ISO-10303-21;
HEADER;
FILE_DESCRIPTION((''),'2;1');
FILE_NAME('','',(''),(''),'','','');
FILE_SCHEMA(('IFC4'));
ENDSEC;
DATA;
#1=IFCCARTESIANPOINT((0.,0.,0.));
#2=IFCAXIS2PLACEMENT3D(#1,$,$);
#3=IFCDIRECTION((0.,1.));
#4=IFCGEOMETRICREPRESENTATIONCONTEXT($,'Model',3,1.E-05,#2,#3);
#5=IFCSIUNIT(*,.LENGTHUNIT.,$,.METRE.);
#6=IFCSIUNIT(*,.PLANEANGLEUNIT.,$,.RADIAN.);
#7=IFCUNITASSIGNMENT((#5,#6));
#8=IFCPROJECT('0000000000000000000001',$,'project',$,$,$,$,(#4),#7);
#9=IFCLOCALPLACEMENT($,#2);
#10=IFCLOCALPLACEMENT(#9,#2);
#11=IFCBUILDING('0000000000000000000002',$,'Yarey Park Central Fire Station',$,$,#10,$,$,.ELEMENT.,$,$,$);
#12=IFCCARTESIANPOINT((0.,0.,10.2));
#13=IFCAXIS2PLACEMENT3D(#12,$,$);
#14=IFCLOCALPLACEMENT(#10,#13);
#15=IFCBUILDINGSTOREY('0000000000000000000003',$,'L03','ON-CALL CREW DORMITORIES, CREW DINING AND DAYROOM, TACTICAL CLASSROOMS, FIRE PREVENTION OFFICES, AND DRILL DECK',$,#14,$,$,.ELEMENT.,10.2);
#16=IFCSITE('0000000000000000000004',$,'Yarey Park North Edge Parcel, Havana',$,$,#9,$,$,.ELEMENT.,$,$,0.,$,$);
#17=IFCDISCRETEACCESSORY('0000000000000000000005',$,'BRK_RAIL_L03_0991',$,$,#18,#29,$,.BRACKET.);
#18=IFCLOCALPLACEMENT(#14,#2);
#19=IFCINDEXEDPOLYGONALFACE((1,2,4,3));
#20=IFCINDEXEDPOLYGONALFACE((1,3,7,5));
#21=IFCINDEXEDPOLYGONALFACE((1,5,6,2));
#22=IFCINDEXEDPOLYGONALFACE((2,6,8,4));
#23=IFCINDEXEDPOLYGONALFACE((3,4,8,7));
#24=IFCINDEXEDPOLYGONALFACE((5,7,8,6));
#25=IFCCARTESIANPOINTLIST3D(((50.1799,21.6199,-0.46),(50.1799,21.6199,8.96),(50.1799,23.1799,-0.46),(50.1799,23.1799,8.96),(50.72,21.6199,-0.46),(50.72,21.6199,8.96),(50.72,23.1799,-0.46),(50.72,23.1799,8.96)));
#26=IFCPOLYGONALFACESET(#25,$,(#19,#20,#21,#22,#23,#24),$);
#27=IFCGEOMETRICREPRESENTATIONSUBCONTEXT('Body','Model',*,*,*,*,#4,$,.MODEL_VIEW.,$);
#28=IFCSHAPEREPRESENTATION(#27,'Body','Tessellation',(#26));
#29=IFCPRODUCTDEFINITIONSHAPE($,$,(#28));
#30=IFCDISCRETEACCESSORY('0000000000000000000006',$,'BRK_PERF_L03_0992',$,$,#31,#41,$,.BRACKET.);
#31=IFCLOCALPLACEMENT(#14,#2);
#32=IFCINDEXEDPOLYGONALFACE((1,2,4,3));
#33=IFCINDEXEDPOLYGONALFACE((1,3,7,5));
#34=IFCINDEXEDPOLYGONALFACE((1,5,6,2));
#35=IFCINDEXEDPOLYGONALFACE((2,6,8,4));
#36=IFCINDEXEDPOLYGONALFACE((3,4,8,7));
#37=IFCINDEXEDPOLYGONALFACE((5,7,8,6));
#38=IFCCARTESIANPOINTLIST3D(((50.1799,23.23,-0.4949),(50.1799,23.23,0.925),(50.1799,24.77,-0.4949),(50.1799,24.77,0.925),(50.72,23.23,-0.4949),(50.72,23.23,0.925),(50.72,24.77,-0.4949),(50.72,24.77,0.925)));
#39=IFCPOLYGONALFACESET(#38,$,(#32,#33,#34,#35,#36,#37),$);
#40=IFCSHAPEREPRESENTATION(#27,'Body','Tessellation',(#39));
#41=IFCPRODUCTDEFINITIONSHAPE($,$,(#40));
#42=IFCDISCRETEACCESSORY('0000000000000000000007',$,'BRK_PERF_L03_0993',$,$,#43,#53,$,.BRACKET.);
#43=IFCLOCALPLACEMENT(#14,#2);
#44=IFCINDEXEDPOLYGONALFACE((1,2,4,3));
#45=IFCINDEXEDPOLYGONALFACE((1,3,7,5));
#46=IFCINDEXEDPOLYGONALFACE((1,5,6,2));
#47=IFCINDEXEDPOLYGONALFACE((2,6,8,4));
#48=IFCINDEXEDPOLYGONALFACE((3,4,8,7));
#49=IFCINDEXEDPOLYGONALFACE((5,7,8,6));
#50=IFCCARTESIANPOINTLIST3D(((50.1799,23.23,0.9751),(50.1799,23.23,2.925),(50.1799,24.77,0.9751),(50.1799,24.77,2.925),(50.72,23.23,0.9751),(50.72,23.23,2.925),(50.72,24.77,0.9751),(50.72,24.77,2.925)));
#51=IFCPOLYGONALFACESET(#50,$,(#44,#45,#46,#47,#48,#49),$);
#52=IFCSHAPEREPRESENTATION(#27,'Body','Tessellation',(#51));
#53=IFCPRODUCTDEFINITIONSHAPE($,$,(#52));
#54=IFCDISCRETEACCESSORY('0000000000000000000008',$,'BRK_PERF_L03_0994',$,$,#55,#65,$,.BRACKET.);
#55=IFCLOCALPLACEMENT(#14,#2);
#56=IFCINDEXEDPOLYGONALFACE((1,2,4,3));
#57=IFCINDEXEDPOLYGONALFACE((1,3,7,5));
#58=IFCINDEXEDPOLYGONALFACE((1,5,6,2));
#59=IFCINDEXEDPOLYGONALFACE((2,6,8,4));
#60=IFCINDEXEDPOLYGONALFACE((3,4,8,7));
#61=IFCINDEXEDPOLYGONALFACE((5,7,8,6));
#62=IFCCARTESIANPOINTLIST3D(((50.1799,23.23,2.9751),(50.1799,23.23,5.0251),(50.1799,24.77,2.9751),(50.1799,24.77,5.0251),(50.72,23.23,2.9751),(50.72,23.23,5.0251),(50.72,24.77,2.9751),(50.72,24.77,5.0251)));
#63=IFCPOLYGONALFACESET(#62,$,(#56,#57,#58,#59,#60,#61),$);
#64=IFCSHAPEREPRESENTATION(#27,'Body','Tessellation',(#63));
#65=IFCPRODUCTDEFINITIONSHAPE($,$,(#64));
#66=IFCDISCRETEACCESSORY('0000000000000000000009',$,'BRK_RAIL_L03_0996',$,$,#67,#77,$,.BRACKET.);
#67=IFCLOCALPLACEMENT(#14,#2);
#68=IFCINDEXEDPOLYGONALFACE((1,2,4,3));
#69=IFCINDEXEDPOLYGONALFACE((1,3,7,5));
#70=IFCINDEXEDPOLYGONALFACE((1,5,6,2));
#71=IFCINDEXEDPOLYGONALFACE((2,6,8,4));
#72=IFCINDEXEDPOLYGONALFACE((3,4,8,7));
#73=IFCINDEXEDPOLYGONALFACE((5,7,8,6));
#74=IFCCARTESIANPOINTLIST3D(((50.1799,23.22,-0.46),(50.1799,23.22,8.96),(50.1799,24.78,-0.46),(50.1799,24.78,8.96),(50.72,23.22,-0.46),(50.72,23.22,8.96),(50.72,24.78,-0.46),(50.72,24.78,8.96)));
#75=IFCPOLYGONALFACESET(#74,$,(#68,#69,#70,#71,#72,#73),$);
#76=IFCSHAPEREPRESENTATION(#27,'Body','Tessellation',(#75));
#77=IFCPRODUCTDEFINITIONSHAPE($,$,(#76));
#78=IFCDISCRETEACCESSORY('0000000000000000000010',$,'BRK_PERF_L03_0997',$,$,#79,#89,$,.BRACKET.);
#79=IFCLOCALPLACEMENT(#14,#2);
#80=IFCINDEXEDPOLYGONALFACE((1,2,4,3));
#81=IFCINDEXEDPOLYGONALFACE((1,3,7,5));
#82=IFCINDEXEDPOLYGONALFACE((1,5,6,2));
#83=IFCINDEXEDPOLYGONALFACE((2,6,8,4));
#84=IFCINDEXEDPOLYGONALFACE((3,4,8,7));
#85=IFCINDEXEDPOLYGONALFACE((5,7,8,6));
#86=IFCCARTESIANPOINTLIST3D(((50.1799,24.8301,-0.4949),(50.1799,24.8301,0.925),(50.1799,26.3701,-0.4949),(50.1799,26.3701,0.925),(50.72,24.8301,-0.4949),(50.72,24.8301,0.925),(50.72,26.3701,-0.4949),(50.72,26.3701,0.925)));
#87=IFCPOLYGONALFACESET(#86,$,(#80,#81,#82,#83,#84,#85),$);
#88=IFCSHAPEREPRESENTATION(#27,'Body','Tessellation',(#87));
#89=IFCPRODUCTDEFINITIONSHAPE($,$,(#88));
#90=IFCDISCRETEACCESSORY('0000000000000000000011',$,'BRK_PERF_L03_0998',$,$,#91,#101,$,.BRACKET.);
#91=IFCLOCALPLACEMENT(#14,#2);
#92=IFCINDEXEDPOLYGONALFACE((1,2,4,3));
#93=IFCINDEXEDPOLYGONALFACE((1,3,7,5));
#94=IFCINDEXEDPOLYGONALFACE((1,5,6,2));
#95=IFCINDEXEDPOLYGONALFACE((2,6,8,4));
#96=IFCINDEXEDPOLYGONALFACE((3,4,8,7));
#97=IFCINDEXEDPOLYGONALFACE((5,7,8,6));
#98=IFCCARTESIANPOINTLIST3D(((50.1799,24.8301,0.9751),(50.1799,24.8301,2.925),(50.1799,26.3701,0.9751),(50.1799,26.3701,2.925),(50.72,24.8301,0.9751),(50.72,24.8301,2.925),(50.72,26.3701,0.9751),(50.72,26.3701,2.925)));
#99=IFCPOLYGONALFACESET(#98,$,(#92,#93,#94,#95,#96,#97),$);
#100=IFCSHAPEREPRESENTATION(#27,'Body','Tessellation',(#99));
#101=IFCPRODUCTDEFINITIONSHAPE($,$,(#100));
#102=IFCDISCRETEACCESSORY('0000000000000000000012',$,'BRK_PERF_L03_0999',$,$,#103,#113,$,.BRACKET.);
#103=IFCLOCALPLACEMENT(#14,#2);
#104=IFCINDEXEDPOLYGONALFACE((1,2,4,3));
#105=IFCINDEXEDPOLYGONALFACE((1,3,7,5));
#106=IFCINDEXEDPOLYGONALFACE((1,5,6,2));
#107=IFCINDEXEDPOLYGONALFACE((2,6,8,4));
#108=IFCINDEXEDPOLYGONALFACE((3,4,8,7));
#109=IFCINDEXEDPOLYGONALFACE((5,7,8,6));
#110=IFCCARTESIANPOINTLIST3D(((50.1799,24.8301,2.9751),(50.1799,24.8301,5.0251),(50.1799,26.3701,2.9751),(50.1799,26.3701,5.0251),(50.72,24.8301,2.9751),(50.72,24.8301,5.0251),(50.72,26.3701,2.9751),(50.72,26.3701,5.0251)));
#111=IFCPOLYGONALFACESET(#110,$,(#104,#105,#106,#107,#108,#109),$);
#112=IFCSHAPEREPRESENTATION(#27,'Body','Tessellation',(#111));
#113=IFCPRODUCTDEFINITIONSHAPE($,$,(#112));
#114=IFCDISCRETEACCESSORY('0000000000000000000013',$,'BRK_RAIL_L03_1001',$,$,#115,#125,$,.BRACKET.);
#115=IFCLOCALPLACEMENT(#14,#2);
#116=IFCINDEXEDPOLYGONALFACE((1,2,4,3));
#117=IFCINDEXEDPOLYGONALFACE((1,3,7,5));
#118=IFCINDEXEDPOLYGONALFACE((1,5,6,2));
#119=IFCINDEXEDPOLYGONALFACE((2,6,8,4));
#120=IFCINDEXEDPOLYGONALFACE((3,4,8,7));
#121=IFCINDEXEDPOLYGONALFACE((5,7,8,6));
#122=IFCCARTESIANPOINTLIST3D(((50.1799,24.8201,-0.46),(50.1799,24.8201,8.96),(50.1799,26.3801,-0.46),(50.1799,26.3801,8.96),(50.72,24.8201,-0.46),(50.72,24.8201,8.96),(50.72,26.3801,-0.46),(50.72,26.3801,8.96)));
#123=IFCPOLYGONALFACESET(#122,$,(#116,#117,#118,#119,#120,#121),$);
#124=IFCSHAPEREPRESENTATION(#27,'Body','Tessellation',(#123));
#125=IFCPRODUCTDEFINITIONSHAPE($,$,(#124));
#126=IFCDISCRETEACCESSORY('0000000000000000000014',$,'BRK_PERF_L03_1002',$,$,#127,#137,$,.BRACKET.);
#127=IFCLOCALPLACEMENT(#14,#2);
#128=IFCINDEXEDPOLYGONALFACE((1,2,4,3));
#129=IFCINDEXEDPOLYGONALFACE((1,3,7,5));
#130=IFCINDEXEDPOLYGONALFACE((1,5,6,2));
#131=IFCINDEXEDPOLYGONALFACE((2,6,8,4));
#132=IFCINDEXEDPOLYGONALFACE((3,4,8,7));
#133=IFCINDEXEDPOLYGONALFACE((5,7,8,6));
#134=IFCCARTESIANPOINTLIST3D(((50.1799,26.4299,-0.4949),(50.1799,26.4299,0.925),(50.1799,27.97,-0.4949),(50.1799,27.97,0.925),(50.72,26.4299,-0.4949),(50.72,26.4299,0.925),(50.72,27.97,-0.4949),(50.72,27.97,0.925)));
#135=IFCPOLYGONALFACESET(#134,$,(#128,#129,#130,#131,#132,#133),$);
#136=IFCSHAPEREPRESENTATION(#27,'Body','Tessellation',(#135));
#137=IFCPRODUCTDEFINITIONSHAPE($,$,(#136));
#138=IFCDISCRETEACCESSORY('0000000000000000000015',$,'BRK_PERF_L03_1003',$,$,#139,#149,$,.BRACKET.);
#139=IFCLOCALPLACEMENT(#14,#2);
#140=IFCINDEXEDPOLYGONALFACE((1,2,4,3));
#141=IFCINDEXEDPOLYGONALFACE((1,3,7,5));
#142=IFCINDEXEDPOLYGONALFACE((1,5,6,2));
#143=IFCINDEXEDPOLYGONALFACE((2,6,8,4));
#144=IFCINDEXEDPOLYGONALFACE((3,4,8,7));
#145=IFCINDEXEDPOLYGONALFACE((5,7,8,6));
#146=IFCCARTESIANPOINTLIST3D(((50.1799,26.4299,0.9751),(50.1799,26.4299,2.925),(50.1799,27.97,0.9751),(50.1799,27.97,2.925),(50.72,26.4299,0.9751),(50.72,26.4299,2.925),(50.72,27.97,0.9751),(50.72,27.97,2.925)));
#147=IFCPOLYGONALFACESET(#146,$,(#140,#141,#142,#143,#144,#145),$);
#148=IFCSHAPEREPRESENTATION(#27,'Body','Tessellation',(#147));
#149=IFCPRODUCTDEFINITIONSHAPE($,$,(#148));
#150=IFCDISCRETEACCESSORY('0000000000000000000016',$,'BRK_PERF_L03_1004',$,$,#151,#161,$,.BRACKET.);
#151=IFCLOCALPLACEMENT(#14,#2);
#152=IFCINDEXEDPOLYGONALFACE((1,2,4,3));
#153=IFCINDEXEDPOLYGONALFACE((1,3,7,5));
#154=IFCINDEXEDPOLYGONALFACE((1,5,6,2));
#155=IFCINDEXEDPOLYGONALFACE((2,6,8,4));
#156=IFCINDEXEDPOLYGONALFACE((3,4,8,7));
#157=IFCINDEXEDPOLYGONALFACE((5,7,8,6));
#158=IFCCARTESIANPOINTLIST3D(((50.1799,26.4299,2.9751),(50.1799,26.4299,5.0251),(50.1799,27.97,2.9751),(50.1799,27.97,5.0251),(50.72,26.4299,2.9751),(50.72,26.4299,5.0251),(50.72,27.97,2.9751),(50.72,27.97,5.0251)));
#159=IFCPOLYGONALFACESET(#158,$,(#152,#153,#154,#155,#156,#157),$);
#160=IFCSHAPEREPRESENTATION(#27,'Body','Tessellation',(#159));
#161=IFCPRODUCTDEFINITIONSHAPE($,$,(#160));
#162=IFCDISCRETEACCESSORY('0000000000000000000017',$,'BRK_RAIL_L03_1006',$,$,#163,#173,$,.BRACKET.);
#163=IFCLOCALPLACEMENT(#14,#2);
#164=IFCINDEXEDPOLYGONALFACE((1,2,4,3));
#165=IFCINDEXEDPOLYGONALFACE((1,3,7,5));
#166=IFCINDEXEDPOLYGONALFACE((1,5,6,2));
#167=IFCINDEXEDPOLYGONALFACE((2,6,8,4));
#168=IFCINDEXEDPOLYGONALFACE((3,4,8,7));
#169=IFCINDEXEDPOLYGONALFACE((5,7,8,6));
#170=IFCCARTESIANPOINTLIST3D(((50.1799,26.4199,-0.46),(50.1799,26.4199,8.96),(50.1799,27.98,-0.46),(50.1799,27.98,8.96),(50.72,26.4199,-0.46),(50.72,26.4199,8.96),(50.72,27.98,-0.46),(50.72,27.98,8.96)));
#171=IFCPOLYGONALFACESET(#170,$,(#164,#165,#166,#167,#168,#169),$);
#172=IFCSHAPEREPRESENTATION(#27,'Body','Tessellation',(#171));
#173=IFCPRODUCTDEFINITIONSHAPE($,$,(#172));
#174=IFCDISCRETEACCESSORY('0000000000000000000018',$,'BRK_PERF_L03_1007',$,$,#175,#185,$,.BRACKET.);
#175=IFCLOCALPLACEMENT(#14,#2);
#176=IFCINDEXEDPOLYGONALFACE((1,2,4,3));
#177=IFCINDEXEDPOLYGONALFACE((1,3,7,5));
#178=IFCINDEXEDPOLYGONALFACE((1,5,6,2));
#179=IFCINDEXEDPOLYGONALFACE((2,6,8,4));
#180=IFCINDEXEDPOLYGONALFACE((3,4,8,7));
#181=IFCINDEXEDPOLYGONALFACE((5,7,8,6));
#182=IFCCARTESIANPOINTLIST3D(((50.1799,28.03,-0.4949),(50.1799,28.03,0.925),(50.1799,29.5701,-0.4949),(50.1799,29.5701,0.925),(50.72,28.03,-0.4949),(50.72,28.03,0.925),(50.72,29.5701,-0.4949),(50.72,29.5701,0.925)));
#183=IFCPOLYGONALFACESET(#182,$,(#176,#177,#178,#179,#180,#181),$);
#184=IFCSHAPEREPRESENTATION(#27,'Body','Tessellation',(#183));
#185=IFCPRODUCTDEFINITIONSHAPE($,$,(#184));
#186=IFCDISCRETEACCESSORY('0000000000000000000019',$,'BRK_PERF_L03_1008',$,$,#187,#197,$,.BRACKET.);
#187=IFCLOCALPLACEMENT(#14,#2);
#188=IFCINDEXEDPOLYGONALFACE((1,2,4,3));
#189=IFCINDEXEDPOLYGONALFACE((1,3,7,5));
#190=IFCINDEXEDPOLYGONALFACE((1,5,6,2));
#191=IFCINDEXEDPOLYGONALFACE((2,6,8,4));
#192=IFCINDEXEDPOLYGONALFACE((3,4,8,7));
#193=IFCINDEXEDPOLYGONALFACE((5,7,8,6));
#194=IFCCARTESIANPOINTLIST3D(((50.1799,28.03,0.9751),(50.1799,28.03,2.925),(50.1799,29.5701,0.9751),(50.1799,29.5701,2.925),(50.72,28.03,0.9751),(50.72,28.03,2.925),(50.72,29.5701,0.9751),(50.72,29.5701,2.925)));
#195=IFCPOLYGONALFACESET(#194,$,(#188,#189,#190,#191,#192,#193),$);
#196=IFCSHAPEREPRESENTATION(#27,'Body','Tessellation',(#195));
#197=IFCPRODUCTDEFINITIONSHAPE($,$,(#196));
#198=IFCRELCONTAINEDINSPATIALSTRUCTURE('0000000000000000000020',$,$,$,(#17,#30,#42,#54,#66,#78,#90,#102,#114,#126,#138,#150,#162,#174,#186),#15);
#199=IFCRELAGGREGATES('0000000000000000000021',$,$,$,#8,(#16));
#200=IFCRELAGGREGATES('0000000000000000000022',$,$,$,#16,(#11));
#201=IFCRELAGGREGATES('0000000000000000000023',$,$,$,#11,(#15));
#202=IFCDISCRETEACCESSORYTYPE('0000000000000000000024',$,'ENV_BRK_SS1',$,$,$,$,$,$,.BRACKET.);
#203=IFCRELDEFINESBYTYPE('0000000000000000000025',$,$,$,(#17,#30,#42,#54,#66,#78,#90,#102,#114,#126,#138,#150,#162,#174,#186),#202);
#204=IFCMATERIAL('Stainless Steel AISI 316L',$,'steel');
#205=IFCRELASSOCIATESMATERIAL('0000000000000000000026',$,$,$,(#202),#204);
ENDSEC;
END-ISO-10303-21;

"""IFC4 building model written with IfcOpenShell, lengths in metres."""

from ifc_helpers import new_model, si_unit, direction, frame, origin, origin_2d, place, context, subcontext, project, spatial, rectangle, extrude, material, type_object, element, save


model = new_model("IFC4")

# Units and contexts
model_context = context("Model", 3, precision=1e-05, world=origin(), true_north=direction((0.0, 1.0)))
body_context = subcontext(model_context, "Body", "Model", "MODEL_VIEW")
ifc_project = project(units=[si_unit("LENGTHUNIT", "METRE"), si_unit("PLANEANGLEUNIT", "RADIAN")], contexts=[model_context])

# Site, building, storey
site_placement = place(None, origin())
site = spatial("IfcSite", under=ifc_project, at=site_placement, Name="Yarey Park North Edge Parcel, Havana", CompositionType="ELEMENT", RefElevation=0.0)
building_placement = place(site_placement, origin())
building = spatial("IfcBuilding", under=site, at=building_placement, Name="Yarey Park Central Fire Station", CompositionType="ELEMENT")
storey_placement = place(building_placement, frame((0.0, 0.0, 10.2)))
storey = spatial("IfcBuildingStorey", under=building, at=storey_placement, Name="L03", Description="ON-CALL CREW DORMITORIES, CREW DINING AND DAYROOM, TACTICAL CLASSROOMS, FIRE PREVENTION OFFICES, AND DRILL DECK", CompositionType="ELEMENT", Elevation=10.2)

# Discrete accessories
ifc_material_1 = material(Name="Stainless Steel AISI 316L", Category="steel")
discrete_accessory_type = type_object("IfcDiscreteAccessoryType", Name="ENV_BRK_SS1", PredefinedType="BRACKET", material=ifc_material_1)
discrete_accessory_1_placement = place(storey_placement, frame((50.45, 22.3999, -0.46), z_axis=(0.0, 0.0, 1.0), x_axis=(1.0, 0.0, 0.0)))
element("IfcDiscreteAccessory", 1, at=discrete_accessory_1_placement, inside=storey, type_object=discrete_accessory_type, Name="BRK_RAIL_L03_0991", PredefinedType="BRACKET", context=body_context, shape_type="SweptSolid", body=[
    extrude(rectangle(XDim=0.54, YDim=1.5601, at=origin_2d()), origin(), (0.0, 0.0, 1.0), 9.4199),
])
discrete_accessory_2_placement = place(storey_placement, frame((50.45, 24.0, -0.4949), z_axis=(0.0, 0.0, 1.0), x_axis=(1.0, 0.0, 0.0)))
element("IfcDiscreteAccessory", 2, at=discrete_accessory_2_placement, inside=storey, type_object=discrete_accessory_type, Name="BRK_PERF_L03_0992", PredefinedType="BRACKET", context=body_context, shape_type="SweptSolid", body=[
    extrude(rectangle(XDim=0.54, YDim=1.54, at=origin_2d()), origin(), (0.0, 0.0, 1.0), 1.4199),
])
discrete_accessory_3_placement = place(storey_placement, frame((50.45, 24.0, 0.9751), z_axis=(0.0, 0.0, 1.0), x_axis=(1.0, 0.0, 0.0)))
element("IfcDiscreteAccessory", 3, at=discrete_accessory_3_placement, inside=storey, type_object=discrete_accessory_type, Name="BRK_PERF_L03_0993", PredefinedType="BRACKET", context=body_context, shape_type="SweptSolid", body=[
    extrude(rectangle(XDim=0.54, YDim=1.54, at=origin_2d()), origin(), (0.0, 0.0, 1.0), 1.95),
])
discrete_accessory_4_placement = place(storey_placement, frame((50.45, 24.0, 2.9751), z_axis=(0.0, 0.0, 1.0), x_axis=(1.0, 0.0, 0.0)))
element("IfcDiscreteAccessory", 4, at=discrete_accessory_4_placement, inside=storey, type_object=discrete_accessory_type, Name="BRK_PERF_L03_0994", PredefinedType="BRACKET", context=body_context, shape_type="SweptSolid", body=[
    extrude(rectangle(XDim=0.54, YDim=1.54, at=origin_2d()), origin(), (0.0, 0.0, 1.0), 2.05),
])
discrete_accessory_5_placement = place(storey_placement, frame((50.45, 24.0, -0.46), z_axis=(0.0, 0.0, 1.0), x_axis=(1.0, 0.0, 0.0)))
element("IfcDiscreteAccessory", 5, at=discrete_accessory_5_placement, inside=storey, type_object=discrete_accessory_type, Name="BRK_RAIL_L03_0996", PredefinedType="BRACKET", context=body_context, shape_type="SweptSolid", body=[
    extrude(rectangle(XDim=0.54, YDim=1.5601, at=origin_2d()), origin(), (0.0, 0.0, 1.0), 9.4199),
])
discrete_accessory_6_placement = place(storey_placement, frame((50.45, 25.6001, -0.4949), z_axis=(0.0, 0.0, 1.0), x_axis=(1.0, 0.0, 0.0)))
element("IfcDiscreteAccessory", 6, at=discrete_accessory_6_placement, inside=storey, type_object=discrete_accessory_type, Name="BRK_PERF_L03_0997", PredefinedType="BRACKET", context=body_context, shape_type="SweptSolid", body=[
    extrude(rectangle(XDim=0.54, YDim=1.54, at=origin_2d()), origin(), (0.0, 0.0, 1.0), 1.4199),
])
discrete_accessory_7_placement = place(storey_placement, frame((50.45, 25.6001, 0.9751), z_axis=(0.0, 0.0, 1.0), x_axis=(1.0, 0.0, 0.0)))
element("IfcDiscreteAccessory", 7, at=discrete_accessory_7_placement, inside=storey, type_object=discrete_accessory_type, Name="BRK_PERF_L03_0998", PredefinedType="BRACKET", context=body_context, shape_type="SweptSolid", body=[
    extrude(rectangle(XDim=0.54, YDim=1.54, at=origin_2d()), origin(), (0.0, 0.0, 1.0), 1.95),
])
discrete_accessory_8_placement = place(storey_placement, frame((50.45, 25.6001, 2.9751), z_axis=(0.0, 0.0, 1.0), x_axis=(1.0, 0.0, 0.0)))
element("IfcDiscreteAccessory", 8, at=discrete_accessory_8_placement, inside=storey, type_object=discrete_accessory_type, Name="BRK_PERF_L03_0999", PredefinedType="BRACKET", context=body_context, shape_type="SweptSolid", body=[
    extrude(rectangle(XDim=0.54, YDim=1.54, at=origin_2d()), origin(), (0.0, 0.0, 1.0), 2.05),
])
discrete_accessory_9_placement = place(storey_placement, frame((50.45, 25.6001, -0.46), z_axis=(0.0, 0.0, 1.0), x_axis=(1.0, 0.0, 0.0)))
element("IfcDiscreteAccessory", 9, at=discrete_accessory_9_placement, inside=storey, type_object=discrete_accessory_type, Name="BRK_RAIL_L03_1001", PredefinedType="BRACKET", context=body_context, shape_type="SweptSolid", body=[
    extrude(rectangle(XDim=0.54, YDim=1.5601, at=origin_2d()), origin(), (0.0, 0.0, 1.0), 9.4199),
])
discrete_accessory_10_placement = place(storey_placement, frame((50.45, 27.2, -0.4949), z_axis=(0.0, 0.0, 1.0), x_axis=(1.0, 0.0, 0.0)))
element("IfcDiscreteAccessory", 10, at=discrete_accessory_10_placement, inside=storey, type_object=discrete_accessory_type, Name="BRK_PERF_L03_1002", PredefinedType="BRACKET", context=body_context, shape_type="SweptSolid", body=[
    extrude(rectangle(XDim=0.54, YDim=1.54, at=origin_2d()), origin(), (0.0, 0.0, 1.0), 1.4199),
])
discrete_accessory_11_placement = place(storey_placement, frame((50.45, 27.2, 0.9751), z_axis=(0.0, 0.0, 1.0), x_axis=(1.0, 0.0, 0.0)))
element("IfcDiscreteAccessory", 11, at=discrete_accessory_11_placement, inside=storey, type_object=discrete_accessory_type, Name="BRK_PERF_L03_1003", PredefinedType="BRACKET", context=body_context, shape_type="SweptSolid", body=[
    extrude(rectangle(XDim=0.54, YDim=1.54, at=origin_2d()), origin(), (0.0, 0.0, 1.0), 1.95),
])
discrete_accessory_12_placement = place(storey_placement, frame((50.45, 27.2, 2.9751), z_axis=(0.0, 0.0, 1.0), x_axis=(1.0, 0.0, 0.0)))
element("IfcDiscreteAccessory", 12, at=discrete_accessory_12_placement, inside=storey, type_object=discrete_accessory_type, Name="BRK_PERF_L03_1004", PredefinedType="BRACKET", context=body_context, shape_type="SweptSolid", body=[
    extrude(rectangle(XDim=0.54, YDim=1.54, at=origin_2d()), origin(), (0.0, 0.0, 1.0), 2.05),
])
discrete_accessory_13_placement = place(storey_placement, frame((50.45, 27.2, -0.46), z_axis=(0.0, 0.0, 1.0), x_axis=(1.0, 0.0, 0.0)))
element("IfcDiscreteAccessory", 13, at=discrete_accessory_13_placement, inside=storey, type_object=discrete_accessory_type, Name="BRK_RAIL_L03_1006", PredefinedType="BRACKET", context=body_context, shape_type="SweptSolid", body=[
    extrude(rectangle(XDim=0.54, YDim=1.5601, at=origin_2d()), origin(), (0.0, 0.0, 1.0), 9.4199),
])
discrete_accessory_14_placement = place(storey_placement, frame((50.45, 28.8, -0.4949), z_axis=(0.0, 0.0, 1.0), x_axis=(1.0, 0.0, 0.0)))
element("IfcDiscreteAccessory", 14, at=discrete_accessory_14_placement, inside=storey, type_object=discrete_accessory_type, Name="BRK_PERF_L03_1007", PredefinedType="BRACKET", context=body_context, shape_type="SweptSolid", body=[
    extrude(rectangle(XDim=0.54, YDim=1.54, at=origin_2d()), origin(), (0.0, 0.0, 1.0), 1.4199),
])
discrete_accessory_15_placement = place(storey_placement, frame((50.45, 28.8, 0.9751), z_axis=(0.0, 0.0, 1.0), x_axis=(1.0, 0.0, 0.0)))
element("IfcDiscreteAccessory", 15, at=discrete_accessory_15_placement, inside=storey, type_object=discrete_accessory_type, Name="BRK_PERF_L03_1008", PredefinedType="BRACKET", context=body_context, shape_type="SweptSolid", body=[
    extrude(rectangle(XDim=0.54, YDim=1.54, at=origin_2d()), origin(), (0.0, 0.0, 1.0), 1.95),
])

save(model, "model.ifc")
